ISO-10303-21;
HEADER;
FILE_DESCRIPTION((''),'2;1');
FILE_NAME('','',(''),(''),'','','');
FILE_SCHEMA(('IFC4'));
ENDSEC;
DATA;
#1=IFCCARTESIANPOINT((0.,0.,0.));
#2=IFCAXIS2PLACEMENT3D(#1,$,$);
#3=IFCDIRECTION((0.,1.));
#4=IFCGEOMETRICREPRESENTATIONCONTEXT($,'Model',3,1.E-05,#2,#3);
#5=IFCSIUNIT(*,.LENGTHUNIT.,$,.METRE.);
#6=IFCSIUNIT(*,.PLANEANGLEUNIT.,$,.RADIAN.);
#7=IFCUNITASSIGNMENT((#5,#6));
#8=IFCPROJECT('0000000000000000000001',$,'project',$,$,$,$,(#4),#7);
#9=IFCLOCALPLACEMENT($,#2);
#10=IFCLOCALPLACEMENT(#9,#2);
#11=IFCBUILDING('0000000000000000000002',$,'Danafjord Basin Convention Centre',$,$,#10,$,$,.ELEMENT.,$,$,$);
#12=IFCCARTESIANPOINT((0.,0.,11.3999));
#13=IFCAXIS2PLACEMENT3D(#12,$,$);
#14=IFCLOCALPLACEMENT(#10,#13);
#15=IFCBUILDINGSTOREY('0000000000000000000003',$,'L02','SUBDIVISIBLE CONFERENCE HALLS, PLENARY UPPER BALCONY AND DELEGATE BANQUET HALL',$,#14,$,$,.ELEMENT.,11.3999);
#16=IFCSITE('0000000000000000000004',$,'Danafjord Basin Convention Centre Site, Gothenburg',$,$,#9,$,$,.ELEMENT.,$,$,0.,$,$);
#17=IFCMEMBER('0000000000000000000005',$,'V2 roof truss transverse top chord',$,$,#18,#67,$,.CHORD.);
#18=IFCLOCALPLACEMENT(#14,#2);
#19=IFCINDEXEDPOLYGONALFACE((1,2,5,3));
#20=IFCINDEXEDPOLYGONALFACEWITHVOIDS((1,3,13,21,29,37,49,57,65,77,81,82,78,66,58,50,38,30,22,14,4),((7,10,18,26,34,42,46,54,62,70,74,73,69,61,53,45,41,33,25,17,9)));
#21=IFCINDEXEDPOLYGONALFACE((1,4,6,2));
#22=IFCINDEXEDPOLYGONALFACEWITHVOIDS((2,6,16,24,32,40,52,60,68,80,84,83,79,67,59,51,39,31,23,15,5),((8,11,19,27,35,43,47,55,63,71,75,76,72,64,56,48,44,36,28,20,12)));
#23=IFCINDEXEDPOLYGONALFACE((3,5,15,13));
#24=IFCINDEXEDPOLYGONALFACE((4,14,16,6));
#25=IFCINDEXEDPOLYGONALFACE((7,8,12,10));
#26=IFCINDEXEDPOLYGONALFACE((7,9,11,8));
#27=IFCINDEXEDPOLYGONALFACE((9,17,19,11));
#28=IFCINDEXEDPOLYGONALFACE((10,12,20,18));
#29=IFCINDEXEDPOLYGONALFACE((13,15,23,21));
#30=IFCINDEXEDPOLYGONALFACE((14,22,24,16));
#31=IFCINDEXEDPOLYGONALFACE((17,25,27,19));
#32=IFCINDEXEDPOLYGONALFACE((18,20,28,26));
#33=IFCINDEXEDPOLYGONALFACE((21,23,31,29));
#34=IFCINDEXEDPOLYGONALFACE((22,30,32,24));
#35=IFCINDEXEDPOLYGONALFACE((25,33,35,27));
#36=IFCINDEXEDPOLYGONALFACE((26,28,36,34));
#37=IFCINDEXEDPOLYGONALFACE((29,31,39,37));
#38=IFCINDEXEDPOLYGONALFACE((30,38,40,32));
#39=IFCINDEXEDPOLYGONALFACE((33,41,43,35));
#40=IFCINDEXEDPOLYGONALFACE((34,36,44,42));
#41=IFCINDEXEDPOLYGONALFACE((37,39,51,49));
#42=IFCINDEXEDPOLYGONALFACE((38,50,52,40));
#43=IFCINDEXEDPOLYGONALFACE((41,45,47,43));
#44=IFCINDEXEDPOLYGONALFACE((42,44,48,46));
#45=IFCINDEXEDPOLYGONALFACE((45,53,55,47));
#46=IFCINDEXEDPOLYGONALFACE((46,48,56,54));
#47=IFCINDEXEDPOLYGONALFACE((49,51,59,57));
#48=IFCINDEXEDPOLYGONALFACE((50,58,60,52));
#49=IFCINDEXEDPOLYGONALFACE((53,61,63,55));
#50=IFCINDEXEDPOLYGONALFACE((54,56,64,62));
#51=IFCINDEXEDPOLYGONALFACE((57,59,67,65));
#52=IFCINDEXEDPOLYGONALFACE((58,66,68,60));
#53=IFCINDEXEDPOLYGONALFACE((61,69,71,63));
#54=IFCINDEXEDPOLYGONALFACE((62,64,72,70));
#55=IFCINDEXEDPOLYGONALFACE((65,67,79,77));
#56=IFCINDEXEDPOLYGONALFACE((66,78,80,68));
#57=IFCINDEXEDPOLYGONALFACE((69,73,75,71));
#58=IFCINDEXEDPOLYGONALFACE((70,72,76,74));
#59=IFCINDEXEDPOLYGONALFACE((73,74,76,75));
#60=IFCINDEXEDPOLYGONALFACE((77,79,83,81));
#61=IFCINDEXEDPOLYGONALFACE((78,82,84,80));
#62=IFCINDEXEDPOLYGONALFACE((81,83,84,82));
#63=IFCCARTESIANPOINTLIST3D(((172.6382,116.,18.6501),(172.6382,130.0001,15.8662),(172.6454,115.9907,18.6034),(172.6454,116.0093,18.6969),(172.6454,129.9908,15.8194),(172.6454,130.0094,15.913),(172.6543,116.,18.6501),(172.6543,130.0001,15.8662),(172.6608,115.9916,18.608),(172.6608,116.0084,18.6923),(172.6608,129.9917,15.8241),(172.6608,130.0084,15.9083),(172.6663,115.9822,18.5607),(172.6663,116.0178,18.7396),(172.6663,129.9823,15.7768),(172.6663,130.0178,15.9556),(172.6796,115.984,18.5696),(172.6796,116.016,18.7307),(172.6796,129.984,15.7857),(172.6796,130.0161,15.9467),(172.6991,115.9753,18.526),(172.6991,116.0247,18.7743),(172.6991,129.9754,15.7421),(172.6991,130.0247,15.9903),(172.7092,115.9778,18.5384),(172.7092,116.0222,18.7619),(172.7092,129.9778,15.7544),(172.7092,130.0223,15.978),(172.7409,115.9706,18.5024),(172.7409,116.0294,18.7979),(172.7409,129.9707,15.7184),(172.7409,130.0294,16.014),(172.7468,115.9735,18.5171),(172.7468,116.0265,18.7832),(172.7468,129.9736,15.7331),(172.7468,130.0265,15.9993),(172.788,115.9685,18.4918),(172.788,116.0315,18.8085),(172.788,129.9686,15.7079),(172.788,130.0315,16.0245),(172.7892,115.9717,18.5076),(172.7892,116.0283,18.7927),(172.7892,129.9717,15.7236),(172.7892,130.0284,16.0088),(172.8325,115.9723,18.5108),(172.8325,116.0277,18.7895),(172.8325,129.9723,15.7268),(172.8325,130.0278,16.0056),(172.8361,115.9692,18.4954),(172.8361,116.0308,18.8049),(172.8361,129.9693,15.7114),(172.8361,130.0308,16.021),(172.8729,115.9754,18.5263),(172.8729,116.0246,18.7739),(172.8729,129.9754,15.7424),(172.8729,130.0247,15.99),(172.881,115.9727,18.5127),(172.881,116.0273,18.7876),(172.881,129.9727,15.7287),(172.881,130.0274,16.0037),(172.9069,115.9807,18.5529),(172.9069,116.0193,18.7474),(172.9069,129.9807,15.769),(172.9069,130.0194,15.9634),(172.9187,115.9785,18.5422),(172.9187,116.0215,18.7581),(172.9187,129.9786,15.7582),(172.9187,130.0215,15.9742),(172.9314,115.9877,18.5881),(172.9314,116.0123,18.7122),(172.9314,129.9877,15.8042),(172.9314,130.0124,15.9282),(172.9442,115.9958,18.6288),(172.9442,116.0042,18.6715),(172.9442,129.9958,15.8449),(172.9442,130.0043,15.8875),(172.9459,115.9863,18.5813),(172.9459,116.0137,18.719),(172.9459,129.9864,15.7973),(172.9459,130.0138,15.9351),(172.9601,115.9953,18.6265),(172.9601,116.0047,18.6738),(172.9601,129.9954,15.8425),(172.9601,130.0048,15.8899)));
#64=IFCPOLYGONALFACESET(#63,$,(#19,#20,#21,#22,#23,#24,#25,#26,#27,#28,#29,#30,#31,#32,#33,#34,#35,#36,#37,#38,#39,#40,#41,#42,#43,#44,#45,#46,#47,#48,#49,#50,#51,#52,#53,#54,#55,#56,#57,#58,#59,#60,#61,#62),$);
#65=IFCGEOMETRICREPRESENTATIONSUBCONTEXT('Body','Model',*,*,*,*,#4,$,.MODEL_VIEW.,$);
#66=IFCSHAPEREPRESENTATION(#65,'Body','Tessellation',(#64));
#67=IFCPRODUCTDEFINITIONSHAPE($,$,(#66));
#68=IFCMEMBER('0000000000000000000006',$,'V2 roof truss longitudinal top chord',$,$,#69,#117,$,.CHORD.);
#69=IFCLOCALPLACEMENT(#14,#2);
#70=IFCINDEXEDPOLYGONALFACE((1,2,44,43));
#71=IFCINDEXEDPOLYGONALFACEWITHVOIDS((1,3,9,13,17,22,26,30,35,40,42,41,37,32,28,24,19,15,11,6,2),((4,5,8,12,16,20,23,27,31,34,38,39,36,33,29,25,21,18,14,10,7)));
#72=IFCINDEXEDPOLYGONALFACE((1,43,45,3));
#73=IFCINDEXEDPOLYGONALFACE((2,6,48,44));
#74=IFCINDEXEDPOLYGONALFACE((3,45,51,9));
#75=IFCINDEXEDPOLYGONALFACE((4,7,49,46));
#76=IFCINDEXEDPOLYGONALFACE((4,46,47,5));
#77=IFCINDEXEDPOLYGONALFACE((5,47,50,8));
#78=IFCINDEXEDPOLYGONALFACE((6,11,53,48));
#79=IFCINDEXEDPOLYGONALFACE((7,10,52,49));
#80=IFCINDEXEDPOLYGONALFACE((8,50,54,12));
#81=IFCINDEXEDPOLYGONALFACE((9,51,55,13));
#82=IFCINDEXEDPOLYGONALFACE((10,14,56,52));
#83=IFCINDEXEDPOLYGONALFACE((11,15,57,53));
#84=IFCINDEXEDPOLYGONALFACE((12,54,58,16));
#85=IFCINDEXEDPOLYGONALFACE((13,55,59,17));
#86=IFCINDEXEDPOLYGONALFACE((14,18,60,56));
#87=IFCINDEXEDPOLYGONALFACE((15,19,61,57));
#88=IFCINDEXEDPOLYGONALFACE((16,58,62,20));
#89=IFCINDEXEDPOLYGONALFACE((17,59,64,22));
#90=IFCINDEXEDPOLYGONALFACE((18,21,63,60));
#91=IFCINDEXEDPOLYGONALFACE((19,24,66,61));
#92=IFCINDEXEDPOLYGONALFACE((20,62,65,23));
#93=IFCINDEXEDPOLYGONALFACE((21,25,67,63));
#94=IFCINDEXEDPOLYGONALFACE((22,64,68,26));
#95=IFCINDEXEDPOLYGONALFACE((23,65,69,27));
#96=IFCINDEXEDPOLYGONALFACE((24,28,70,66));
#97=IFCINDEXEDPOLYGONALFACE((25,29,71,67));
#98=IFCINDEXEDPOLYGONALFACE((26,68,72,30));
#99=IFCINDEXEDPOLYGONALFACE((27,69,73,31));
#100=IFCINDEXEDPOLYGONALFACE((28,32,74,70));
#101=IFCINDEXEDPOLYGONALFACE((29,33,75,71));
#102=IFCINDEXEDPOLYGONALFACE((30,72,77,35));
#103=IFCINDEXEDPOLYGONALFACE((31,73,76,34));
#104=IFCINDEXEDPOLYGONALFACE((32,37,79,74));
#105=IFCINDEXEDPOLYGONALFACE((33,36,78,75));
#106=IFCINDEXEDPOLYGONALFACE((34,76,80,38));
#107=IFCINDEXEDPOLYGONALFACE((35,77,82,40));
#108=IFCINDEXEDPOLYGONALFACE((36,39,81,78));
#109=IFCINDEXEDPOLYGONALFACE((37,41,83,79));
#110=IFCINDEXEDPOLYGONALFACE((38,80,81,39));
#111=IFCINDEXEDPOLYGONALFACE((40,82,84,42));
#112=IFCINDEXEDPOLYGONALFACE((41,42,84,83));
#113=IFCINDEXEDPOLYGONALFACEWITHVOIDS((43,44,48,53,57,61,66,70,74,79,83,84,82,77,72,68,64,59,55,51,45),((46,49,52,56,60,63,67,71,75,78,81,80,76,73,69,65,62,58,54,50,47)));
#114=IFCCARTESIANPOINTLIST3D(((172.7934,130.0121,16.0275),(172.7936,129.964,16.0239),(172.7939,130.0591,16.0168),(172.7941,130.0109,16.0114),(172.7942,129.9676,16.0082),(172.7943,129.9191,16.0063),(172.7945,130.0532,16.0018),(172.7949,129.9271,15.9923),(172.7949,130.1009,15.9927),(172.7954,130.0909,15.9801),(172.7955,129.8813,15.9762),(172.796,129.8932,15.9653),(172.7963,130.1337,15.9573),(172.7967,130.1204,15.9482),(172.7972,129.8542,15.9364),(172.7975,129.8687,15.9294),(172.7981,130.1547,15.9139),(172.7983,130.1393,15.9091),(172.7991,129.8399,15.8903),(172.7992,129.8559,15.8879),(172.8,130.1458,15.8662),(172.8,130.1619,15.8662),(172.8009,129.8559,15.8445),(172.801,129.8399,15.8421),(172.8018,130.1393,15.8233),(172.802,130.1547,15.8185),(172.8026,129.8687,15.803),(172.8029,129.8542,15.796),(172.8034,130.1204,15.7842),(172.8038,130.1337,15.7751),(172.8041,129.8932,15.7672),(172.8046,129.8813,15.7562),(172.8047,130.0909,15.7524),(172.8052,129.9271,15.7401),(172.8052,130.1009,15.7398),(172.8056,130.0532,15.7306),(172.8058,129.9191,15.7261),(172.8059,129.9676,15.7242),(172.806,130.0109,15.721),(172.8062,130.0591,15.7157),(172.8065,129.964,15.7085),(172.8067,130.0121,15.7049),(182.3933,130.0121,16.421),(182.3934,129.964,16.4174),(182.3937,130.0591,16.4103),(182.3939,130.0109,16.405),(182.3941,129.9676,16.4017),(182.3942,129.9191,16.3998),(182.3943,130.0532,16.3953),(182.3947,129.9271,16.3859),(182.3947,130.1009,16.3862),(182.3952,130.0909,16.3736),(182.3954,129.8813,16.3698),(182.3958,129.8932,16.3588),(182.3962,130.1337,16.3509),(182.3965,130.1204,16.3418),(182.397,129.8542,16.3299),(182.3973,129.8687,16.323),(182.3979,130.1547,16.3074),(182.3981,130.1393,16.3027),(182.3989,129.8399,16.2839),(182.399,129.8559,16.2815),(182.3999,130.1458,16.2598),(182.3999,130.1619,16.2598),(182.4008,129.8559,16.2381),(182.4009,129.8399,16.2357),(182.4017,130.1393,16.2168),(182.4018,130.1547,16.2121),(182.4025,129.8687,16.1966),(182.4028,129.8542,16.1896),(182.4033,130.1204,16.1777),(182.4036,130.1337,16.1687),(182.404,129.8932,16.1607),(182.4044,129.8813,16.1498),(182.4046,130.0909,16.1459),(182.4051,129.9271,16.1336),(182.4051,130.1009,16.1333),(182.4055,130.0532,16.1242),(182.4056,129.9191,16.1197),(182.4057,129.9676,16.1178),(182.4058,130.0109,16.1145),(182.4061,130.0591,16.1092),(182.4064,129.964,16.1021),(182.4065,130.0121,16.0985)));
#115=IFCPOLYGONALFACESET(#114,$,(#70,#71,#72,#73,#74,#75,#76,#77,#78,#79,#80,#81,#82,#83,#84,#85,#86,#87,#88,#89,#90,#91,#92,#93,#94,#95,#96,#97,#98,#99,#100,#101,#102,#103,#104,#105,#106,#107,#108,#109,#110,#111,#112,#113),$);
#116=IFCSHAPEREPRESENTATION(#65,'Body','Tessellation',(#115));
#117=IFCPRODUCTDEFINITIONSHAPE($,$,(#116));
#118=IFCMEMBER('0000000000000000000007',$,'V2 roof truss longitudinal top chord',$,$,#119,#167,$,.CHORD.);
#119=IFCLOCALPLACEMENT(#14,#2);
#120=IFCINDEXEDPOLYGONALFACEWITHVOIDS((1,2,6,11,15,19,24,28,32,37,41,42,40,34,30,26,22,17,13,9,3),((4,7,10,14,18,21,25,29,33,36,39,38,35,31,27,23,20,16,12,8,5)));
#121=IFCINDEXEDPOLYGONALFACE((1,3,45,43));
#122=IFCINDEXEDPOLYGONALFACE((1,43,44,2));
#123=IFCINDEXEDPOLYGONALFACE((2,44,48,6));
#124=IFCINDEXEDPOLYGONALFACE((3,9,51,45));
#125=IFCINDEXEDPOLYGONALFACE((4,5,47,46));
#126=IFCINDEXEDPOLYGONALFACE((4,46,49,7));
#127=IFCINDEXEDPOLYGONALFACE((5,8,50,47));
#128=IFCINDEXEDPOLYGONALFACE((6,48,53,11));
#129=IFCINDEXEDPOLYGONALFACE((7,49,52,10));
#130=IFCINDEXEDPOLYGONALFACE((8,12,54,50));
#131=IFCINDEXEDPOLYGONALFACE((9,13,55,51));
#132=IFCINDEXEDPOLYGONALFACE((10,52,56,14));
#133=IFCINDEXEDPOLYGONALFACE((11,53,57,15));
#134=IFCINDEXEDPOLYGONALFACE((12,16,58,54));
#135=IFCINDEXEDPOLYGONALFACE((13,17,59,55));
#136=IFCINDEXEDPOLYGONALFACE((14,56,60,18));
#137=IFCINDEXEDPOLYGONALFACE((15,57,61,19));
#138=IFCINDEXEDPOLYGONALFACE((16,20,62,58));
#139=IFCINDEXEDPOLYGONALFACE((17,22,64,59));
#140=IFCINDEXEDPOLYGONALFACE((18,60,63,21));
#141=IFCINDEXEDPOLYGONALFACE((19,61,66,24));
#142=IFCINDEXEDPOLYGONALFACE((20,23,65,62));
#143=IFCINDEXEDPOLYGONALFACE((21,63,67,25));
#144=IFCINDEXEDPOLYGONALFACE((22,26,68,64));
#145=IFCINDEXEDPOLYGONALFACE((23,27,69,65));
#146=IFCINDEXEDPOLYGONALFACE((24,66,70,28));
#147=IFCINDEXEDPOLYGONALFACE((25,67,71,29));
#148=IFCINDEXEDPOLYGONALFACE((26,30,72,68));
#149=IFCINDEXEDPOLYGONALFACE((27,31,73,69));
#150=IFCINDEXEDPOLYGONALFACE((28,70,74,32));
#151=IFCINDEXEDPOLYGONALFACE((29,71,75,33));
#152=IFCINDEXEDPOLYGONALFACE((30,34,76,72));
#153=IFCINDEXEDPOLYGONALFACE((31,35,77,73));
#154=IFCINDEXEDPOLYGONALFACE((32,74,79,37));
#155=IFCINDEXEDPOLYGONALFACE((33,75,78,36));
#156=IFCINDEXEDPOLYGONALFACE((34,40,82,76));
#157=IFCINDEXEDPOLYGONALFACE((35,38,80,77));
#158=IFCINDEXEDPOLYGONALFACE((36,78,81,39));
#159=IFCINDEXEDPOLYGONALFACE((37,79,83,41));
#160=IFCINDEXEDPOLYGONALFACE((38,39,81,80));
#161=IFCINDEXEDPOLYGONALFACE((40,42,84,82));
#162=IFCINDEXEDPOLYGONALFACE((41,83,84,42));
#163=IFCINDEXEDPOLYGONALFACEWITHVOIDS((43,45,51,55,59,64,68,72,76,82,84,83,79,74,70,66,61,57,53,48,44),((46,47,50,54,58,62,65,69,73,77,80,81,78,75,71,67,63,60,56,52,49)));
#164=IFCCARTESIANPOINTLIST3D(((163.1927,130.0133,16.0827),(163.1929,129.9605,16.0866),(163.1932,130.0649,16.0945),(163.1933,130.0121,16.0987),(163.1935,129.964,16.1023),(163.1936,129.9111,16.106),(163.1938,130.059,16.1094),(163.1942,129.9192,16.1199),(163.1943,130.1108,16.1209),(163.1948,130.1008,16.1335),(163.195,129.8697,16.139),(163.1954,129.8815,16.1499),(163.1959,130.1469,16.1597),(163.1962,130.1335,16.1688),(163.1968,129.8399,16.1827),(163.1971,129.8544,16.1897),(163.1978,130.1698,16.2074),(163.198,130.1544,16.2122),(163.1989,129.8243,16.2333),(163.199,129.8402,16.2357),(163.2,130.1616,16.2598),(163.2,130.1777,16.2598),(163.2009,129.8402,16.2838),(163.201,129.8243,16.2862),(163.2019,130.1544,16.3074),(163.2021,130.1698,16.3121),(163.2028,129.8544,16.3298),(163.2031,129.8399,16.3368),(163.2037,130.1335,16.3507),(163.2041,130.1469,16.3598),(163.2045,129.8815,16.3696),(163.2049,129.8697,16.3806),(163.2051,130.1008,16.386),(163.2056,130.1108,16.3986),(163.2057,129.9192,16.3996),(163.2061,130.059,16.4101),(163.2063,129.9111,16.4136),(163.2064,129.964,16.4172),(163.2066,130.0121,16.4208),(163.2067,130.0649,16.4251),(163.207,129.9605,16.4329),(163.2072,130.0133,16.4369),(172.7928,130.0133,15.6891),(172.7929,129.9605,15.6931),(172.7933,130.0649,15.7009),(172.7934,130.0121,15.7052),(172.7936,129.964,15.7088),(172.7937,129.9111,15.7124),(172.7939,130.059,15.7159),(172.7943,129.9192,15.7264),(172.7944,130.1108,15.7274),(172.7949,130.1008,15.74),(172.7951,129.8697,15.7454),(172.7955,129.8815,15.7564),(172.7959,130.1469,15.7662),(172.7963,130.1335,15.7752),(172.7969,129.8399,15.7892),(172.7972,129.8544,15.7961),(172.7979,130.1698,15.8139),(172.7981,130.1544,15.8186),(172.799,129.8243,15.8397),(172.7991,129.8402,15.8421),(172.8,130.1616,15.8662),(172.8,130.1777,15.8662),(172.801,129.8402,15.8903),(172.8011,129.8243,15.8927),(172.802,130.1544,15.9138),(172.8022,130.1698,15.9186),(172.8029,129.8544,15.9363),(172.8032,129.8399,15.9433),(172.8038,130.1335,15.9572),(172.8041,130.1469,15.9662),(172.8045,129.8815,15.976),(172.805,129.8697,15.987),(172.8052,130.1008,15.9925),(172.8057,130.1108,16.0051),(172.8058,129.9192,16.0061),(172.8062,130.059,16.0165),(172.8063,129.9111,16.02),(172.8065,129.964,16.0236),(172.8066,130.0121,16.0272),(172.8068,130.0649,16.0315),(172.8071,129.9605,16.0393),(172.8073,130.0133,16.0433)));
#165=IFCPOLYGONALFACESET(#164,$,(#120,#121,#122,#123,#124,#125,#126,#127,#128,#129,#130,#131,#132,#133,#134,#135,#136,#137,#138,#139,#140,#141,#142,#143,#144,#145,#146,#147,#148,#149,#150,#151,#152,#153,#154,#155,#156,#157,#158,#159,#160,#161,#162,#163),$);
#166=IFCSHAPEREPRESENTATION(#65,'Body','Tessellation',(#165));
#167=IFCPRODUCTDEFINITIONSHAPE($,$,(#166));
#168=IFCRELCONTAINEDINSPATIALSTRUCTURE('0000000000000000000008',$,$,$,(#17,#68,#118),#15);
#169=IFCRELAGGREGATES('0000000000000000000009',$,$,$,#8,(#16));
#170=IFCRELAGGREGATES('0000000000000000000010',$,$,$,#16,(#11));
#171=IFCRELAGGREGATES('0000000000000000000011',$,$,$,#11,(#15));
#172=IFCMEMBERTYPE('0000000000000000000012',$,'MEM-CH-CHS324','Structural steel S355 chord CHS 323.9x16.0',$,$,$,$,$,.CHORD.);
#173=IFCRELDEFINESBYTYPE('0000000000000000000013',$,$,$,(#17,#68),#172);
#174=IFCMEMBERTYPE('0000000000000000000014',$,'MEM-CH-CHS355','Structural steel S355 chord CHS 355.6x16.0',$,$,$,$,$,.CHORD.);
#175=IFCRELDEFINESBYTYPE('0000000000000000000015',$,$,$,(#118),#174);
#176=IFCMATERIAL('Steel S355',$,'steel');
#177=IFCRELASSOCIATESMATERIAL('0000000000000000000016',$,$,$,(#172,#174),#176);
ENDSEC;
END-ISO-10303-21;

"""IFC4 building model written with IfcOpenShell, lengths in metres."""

from ifc_helpers import new_model, si_unit, direction, frame, origin, origin_2d, place, context, subcontext, project, spatial, hollow_circle, extrude, material, material_profile, profile_set, type_object, element, save


model = new_model("IFC4")

# Units and contexts
model_context = context("Model", 3, precision=1e-05, world=origin(), true_north=direction((0.0, 1.0)))
body_context = subcontext(model_context, "Body", "Model", "MODEL_VIEW")
ifc_project = project(units=[si_unit("LENGTHUNIT", "METRE"), si_unit("PLANEANGLEUNIT", "RADIAN")], contexts=[model_context])

# Site, building, storey
site_placement = place(None, origin())
site = spatial("IfcSite", under=ifc_project, at=site_placement, Name="Danafjord Basin Convention Centre Site, Gothenburg", CompositionType="ELEMENT", RefElevation=0.0)
building_placement = place(site_placement, origin())
building = spatial("IfcBuilding", under=site, at=building_placement, Name="Danafjord Basin Convention Centre", CompositionType="ELEMENT")
storey_placement = place(building_placement, frame((0.0, 0.0, 11.3999)))
storey = spatial("IfcBuildingStorey", under=building, at=storey_placement, Name="L02", Description="SUBDIVISIBLE CONFERENCE HALLS, PLENARY UPPER BALCONY AND DELEGATE BANQUET HALL", CompositionType="ELEMENT", Elevation=11.3999)

# Shared definitions
ifc_material_1 = material(Name="Steel S355", Category="steel")

# Members
ifc_material_profile_1 = material_profile(ifc_material_1, hollow_circle(Radius=0.1619, WallThickness=0.0161, at=origin_2d()), Name="CHS 323.9x16.0")
ifc_profile_set_1 = profile_set([ifc_material_profile_1], Name="Steel S355")
member_type_1 = type_object("IfcMemberType", Name="MEM-CH-CHS324", Description="Structural steel S355 chord CHS 323.9x16.0", PredefinedType="CHORD", material=ifc_profile_set_1)
member_1_placement = place(storey_placement, frame((172.8, 116.0, 18.6501), z_axis=(0.0, 0.980797, -0.195034), x_axis=(-1.0, 0.0, 0.0)))
element("IfcMember", 1, at=member_1_placement, inside=storey, type_object=member_type_1, Name="V2 roof truss transverse top chord", PredefinedType="CHORD", context=body_context, shape_type="SweptSolid", body=[
    extrude(hollow_circle(Radius=0.1619, WallThickness=0.0161, at=origin_2d()), origin(), (0.0, 0.0, 1.0), 14.2742),
])
member_2_placement = place(storey_placement, frame((172.8, 130.0, 15.8662), z_axis=(0.999161, 0.0, 0.040961), x_axis=(0.0, 1.0, 0.0)))
element("IfcMember", 2, at=member_2_placement, inside=storey, type_object=member_type_1, Name="V2 roof truss longitudinal top chord", PredefinedType="CHORD", context=body_context, shape_type="SweptSolid", body=[
    extrude(hollow_circle(Radius=0.1619, WallThickness=0.0161, at=origin_2d()), origin(), (0.0, 0.0, 1.0), 9.6079),
])
ifc_material_profile_2 = material_profile(ifc_material_1, hollow_circle(Radius=0.1777, WallThickness=0.0161, at=origin_2d()), Name="CHS 355.6x16.0")
ifc_profile_set_2 = profile_set([ifc_material_profile_2], Name="Steel S355")
member_type_2 = type_object("IfcMemberType", Name="MEM-CH-CHS355", Description="Structural steel S355 chord CHS 355.6x16.0", PredefinedType="CHORD", material=ifc_profile_set_2)
member_3_placement = place(storey_placement, frame((163.2, 130.0, 16.2598), z_axis=(0.999161, 0.0, -0.04096), x_axis=(0.0, 1.0, 0.0)))
element("IfcMember", 3, at=member_3_placement, inside=storey, type_object=member_type_2, Name="V2 roof truss longitudinal top chord", PredefinedType="CHORD", context=body_context, shape_type="SweptSolid", body=[
    extrude(hollow_circle(Radius=0.1777, WallThickness=0.0161, at=origin_2d()), origin(), (0.0, 0.0, 1.0), 9.6082),
])

save(model, "model.ifc")
